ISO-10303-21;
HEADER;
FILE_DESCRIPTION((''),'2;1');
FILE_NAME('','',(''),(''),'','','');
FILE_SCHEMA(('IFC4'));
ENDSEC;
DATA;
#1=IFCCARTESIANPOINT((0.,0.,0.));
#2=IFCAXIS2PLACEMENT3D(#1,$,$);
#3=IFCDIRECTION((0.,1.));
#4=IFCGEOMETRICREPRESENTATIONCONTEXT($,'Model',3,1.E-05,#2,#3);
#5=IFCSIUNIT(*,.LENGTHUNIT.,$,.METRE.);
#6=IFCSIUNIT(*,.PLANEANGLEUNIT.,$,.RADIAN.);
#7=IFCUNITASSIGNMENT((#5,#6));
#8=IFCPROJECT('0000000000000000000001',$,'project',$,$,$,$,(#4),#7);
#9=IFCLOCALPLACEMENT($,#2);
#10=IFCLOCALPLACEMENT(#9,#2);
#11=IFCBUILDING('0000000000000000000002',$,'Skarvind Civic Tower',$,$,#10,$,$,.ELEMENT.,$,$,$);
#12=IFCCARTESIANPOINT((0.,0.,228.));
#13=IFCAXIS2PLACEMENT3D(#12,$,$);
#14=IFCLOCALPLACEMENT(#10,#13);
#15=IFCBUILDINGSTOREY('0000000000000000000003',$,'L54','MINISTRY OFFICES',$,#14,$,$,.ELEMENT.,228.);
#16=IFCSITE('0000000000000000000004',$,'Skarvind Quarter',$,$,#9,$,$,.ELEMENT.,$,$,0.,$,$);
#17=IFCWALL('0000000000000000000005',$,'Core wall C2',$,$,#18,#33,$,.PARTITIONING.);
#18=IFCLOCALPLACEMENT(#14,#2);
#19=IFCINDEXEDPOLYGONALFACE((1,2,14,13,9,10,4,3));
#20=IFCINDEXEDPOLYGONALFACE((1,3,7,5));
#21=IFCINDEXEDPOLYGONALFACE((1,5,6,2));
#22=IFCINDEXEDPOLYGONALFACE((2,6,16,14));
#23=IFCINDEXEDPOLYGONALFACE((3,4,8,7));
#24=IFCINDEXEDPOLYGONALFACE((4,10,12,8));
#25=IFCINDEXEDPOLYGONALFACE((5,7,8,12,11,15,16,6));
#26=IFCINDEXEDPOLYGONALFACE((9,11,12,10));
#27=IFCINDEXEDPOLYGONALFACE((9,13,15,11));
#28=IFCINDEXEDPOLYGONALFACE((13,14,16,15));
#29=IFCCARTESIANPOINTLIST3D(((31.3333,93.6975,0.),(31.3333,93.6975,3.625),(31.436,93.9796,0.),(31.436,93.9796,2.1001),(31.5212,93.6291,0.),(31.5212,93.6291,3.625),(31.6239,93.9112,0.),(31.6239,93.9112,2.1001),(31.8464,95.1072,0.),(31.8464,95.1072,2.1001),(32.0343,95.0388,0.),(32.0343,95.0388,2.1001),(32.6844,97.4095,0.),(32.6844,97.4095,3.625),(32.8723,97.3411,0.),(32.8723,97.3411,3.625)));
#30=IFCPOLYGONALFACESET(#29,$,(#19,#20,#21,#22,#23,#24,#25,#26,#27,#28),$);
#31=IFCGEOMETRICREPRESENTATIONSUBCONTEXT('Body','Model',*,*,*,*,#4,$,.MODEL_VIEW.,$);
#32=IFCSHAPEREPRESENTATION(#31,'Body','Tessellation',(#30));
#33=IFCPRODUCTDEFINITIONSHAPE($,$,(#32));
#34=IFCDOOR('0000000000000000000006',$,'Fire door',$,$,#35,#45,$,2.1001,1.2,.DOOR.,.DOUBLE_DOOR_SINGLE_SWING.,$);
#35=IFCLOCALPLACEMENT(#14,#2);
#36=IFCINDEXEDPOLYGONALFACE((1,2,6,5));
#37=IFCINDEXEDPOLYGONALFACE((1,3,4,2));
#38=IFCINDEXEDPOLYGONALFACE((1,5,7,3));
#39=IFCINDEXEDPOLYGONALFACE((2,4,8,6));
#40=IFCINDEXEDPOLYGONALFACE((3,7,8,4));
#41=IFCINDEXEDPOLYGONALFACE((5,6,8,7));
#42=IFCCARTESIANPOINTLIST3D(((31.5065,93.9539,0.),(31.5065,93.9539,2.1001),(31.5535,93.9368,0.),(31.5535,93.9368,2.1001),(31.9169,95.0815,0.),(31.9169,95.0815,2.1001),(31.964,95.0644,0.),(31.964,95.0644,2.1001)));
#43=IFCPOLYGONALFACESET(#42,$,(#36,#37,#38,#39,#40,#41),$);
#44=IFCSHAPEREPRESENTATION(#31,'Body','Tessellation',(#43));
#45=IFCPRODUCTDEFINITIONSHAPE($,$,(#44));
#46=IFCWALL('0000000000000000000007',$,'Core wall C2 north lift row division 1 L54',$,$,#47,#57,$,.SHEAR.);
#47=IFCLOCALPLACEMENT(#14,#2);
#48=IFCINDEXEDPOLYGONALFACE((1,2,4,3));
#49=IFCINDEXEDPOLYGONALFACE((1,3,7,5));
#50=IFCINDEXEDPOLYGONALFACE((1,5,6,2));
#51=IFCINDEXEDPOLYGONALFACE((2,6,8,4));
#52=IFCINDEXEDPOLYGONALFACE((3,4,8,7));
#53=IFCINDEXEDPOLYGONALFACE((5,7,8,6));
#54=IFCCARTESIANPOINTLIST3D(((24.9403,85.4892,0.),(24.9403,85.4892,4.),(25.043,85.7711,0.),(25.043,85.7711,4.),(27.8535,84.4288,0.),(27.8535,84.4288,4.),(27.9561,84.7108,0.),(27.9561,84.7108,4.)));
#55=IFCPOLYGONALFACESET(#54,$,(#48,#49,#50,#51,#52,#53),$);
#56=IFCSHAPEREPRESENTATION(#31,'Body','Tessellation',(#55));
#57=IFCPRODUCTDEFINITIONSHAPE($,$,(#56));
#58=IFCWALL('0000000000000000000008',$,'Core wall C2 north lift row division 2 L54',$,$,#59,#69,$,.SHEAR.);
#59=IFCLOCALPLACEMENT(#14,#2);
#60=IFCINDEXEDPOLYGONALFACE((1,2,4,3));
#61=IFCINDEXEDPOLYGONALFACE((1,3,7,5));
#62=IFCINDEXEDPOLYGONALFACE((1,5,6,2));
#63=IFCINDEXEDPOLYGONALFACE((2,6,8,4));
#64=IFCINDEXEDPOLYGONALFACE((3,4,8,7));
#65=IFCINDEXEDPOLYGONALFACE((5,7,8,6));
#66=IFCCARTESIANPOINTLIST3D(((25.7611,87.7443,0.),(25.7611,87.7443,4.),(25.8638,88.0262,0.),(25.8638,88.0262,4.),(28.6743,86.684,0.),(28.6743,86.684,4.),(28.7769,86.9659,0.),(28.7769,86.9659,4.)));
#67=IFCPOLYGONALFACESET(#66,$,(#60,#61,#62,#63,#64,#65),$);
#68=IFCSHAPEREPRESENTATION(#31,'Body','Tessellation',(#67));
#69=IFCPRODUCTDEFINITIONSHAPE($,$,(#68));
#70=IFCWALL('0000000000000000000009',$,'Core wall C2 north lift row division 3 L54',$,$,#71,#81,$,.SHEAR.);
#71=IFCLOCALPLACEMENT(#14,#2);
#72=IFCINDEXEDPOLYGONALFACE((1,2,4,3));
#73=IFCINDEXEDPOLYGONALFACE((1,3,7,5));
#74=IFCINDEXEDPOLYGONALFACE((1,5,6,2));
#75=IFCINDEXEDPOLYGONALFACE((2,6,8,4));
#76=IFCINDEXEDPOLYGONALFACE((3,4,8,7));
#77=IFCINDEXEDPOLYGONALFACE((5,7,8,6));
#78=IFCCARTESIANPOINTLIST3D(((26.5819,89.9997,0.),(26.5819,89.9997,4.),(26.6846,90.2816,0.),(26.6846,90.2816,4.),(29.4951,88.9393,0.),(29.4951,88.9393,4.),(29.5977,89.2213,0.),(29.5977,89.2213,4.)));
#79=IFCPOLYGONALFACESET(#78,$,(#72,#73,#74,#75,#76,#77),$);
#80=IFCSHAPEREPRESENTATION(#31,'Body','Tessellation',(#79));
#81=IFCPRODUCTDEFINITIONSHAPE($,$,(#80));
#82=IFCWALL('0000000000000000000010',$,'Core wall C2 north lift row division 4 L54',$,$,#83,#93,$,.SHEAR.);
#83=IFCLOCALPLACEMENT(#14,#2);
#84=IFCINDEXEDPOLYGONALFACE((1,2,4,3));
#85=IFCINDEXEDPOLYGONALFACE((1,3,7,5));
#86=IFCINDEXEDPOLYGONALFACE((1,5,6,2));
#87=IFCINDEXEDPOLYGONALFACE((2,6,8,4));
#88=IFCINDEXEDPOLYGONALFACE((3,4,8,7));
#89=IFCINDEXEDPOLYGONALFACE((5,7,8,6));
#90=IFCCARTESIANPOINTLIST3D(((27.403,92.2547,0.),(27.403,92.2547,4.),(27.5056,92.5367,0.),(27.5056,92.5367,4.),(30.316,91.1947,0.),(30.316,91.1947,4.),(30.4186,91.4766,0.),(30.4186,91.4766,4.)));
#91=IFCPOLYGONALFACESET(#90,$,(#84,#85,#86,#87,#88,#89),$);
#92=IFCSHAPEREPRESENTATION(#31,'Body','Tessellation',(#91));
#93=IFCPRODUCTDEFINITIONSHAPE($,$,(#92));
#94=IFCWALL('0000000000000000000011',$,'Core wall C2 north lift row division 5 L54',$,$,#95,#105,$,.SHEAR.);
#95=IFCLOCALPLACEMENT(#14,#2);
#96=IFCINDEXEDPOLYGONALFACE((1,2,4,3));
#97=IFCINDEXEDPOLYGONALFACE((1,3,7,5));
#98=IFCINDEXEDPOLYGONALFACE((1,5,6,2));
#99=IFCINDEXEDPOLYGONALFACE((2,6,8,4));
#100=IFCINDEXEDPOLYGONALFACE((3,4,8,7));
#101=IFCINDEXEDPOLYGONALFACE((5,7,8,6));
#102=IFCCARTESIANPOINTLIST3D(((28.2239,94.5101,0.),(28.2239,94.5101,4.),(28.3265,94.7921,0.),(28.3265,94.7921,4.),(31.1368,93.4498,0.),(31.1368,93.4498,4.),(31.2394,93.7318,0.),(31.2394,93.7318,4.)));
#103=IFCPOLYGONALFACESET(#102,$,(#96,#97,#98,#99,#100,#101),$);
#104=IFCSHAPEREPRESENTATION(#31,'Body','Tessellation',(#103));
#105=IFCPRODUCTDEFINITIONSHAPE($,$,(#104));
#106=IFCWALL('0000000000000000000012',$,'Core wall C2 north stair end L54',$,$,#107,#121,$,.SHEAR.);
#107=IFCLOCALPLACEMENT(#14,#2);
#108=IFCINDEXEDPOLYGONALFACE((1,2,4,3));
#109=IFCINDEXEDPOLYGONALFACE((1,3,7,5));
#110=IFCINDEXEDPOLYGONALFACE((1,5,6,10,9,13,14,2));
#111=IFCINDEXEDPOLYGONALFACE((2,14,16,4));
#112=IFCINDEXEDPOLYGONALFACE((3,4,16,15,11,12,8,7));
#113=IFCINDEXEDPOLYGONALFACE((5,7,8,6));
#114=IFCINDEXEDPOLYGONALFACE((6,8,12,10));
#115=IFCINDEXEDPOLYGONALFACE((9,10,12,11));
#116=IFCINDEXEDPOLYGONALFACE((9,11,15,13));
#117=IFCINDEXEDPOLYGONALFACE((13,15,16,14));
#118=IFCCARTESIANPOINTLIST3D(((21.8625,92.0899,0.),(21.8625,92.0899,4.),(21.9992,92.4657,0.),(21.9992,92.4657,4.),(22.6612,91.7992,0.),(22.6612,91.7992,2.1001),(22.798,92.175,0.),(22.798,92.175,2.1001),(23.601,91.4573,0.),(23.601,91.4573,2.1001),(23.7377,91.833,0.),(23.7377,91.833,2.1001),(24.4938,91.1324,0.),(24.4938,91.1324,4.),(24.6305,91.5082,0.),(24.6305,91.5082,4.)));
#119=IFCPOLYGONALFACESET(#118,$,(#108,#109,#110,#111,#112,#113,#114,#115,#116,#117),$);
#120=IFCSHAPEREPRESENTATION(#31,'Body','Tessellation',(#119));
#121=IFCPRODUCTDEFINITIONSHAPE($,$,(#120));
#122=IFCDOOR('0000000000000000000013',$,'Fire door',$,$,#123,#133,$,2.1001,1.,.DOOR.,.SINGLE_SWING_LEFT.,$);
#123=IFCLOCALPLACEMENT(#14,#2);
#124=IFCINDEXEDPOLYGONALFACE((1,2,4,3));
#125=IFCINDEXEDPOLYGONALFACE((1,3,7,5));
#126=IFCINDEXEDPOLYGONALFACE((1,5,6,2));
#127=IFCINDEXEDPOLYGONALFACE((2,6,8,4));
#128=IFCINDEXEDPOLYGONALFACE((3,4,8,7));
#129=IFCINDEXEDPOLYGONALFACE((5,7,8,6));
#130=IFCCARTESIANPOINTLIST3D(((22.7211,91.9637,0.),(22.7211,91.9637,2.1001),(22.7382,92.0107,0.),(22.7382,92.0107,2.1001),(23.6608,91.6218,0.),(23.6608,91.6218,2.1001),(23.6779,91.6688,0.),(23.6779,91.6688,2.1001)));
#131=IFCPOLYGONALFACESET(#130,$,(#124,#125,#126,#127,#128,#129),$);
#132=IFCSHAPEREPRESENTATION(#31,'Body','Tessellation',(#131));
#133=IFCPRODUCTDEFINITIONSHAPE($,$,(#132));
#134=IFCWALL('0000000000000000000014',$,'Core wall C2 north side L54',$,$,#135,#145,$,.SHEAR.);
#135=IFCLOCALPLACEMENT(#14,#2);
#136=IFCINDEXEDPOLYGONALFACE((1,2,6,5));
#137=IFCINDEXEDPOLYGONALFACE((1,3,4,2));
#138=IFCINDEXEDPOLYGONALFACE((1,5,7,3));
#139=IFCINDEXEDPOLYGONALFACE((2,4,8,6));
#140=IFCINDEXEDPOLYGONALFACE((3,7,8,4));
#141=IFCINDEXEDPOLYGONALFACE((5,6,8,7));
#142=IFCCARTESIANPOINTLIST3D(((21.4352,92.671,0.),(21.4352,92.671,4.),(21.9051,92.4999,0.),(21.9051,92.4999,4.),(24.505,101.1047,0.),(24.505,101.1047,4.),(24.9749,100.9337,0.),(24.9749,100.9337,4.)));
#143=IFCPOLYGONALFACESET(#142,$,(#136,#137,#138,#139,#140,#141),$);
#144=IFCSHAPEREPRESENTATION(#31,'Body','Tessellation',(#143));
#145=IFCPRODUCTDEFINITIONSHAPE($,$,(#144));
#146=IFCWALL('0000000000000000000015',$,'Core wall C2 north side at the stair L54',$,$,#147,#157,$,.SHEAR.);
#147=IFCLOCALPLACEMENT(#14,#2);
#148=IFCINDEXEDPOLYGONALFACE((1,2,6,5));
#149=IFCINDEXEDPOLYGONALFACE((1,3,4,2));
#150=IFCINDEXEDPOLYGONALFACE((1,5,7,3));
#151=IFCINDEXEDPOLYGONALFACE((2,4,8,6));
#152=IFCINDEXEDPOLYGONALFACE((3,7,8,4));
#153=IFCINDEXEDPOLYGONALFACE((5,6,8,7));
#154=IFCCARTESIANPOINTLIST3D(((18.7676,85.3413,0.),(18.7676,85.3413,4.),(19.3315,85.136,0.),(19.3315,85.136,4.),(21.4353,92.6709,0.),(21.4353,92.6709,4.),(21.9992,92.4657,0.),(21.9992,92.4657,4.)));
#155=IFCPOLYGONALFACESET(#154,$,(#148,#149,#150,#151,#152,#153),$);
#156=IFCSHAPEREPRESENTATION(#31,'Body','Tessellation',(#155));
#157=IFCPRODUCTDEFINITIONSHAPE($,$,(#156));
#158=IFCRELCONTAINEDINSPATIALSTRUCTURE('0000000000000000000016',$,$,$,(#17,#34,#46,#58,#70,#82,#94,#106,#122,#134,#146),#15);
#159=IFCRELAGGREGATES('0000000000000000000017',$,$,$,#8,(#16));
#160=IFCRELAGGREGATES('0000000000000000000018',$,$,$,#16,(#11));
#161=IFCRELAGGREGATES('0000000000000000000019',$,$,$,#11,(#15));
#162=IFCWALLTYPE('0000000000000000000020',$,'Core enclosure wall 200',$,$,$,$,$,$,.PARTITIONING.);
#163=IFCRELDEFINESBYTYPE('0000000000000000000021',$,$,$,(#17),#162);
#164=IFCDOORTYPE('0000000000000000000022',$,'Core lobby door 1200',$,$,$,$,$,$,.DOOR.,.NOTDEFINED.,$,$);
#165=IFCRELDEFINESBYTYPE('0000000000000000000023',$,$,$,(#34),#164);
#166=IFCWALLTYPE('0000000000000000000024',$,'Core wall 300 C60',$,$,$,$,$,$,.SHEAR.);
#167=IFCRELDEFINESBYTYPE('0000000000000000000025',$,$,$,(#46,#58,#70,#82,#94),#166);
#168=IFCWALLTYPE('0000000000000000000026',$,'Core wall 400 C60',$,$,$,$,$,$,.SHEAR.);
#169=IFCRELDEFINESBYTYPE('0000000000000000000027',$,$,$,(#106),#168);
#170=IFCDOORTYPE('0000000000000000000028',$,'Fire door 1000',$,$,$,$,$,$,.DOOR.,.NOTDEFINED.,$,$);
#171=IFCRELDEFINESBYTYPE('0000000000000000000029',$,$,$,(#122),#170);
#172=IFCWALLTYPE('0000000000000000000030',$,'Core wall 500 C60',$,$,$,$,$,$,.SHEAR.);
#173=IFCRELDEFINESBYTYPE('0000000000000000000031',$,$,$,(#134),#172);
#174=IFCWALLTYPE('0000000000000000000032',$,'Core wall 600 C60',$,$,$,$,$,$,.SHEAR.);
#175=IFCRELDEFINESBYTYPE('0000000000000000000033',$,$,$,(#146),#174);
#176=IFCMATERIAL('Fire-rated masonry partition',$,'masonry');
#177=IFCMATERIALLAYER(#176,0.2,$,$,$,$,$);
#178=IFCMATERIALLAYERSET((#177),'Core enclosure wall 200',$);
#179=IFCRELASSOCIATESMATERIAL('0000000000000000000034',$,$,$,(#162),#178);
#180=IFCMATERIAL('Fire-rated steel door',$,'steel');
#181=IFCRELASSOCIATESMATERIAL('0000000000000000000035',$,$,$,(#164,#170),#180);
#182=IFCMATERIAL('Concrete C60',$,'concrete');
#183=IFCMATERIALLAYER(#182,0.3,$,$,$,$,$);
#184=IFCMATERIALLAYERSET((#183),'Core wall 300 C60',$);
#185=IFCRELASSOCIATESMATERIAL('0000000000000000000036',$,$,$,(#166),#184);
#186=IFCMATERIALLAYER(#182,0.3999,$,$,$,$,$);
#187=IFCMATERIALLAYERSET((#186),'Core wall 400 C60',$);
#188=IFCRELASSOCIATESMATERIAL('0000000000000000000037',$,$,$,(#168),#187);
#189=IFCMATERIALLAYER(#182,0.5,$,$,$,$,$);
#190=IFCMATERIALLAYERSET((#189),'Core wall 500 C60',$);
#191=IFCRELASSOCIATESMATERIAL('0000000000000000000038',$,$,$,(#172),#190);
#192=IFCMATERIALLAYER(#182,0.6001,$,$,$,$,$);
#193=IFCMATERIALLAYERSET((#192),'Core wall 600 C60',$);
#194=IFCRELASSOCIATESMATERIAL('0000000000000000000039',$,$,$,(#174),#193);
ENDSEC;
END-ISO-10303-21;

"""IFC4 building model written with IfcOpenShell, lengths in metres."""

from ifc_helpers import new_model, si_unit, direction, frame, frame_2d, origin, place, context, subcontext, project, spatial, rectangle, extrude, material, layer, layer_set, type_object, element, fill, save


model = new_model("IFC4")

# Units and contexts
model_context = context("Model", 3, precision=1e-05, world=origin(), true_north=direction((0.0, 1.0)))
body_context = subcontext(model_context, "Body", "Model", "MODEL_VIEW")
ifc_project = project(units=[si_unit("LENGTHUNIT", "METRE"), si_unit("PLANEANGLEUNIT", "RADIAN")], contexts=[model_context])

# Site, building, storey
site_placement = place(None, origin())
site = spatial("IfcSite", under=ifc_project, at=site_placement, Name="Skarvind Quarter", CompositionType="ELEMENT", RefElevation=0.0)
building_placement = place(site_placement, origin())
building = spatial("IfcBuilding", under=site, at=building_placement, Name="Skarvind Civic Tower", CompositionType="ELEMENT")
storey_placement = place(building_placement, frame((0.0, 0.0, 228.0)))
storey = spatial("IfcBuildingStorey", under=building, at=storey_placement, Name="L54", Description="MINISTRY OFFICES", CompositionType="ELEMENT", Elevation=228.0)

# Wall, opening, door
ifc_material_1 = material(Name="Fire-rated masonry partition", Category="masonry")
ifc_layer_1 = layer(ifc_material_1, 0.2)
ifc_layer_set_1 = layer_set([ifc_layer_1], Name="Core enclosure wall 200")
wall_type_1 = type_object("IfcWallType", Name="Core enclosure wall 200", PredefinedType="PARTITIONING", material=ifc_layer_set_1)
wall_1_placement = place(storey_placement, frame((31.4272, 93.6633, 0.0), z_axis=(0.0, 0.0, 1.0), x_axis=(0.342031, 0.939689, 0.0)))
wall_1 = element("IfcWall", 1, at=wall_1_placement, inside=storey, type_object=wall_type_1, Name="Core wall C2", PredefinedType="PARTITIONING", context=body_context, shape_type="SweptSolid", body=[
    extrude(rectangle(XDim=3.9502, YDim=0.2, at=frame_2d((1.9751, 0.0))), origin(), (0.0, 0.0, 1.0), 3.625),
])
opening_1_placement = place(wall_1_placement, frame((0.3, 0.0, 0.0)))
opening_1 = element("IfcOpeningElement", 2, at=opening_1_placement, cuts=wall_1, PredefinedType="OPENING", context=body_context, shape_type="SweptSolid", body=[
    extrude(rectangle(XDim=1.2, YDim=2.1001, at=frame_2d((0.6001, 1.05))), frame((0.0, 0.1099, 0.0), z_axis=(0.0, -1.0, 0.0), x_axis=(1.0, 0.0, 0.0)), (0.0, 0.0, 1.0), 0.22),
])
ifc_material_2 = material(Name="Fire-rated steel door", Category="steel")
door_type_1 = type_object("IfcDoorType", Name="Core lobby door 1200", OperationType="NOTDEFINED", PredefinedType="DOOR", material=ifc_material_2)
door_1_placement = place(opening_1_placement, origin())
door_1 = element("IfcDoor", 3, at=door_1_placement, inside=storey, type_object=door_type_1, Name="Fire door", OperationType="DOUBLE_DOOR_SINGLE_SWING", OverallHeight=2.1001, OverallWidth=1.2, PredefinedType="DOOR", context=body_context, shape_type="SweptSolid", body=[
    extrude(rectangle(XDim=1.2, YDim=2.1001, at=frame_2d((0.6001, 1.05))), frame((0.0, 0.0249, 0.0), z_axis=(0.0, -1.0, 0.0), x_axis=(1.0, 0.0, 0.0)), (0.0, 0.0, 1.0), 0.05),
])
fill(opening_1, door_1)

# Walls
ifc_material_3 = material(Name="Concrete C60", Category="concrete")
ifc_layer_2 = layer(ifc_material_3, 0.3)
ifc_layer_set_2 = layer_set([ifc_layer_2], Name="Core wall 300 C60")
wall_type_2 = type_object("IfcWallType", Name="Core wall 300 C60", PredefinedType="SHEAR", material=ifc_layer_set_2)
for number, where, z_axis, x_axis, name in (
    (4, (27.9048, 84.5698, 0.0), (0.0, 0.0, 1.0), (-0.93969, 0.342028, 0.0), "Core wall C2 north lift row division 1 L54"),
    (5, (28.7256, 86.825, 0.0), (0.0, 0.0, 1.0), (-0.93969, 0.342028, 0.0), "Core wall C2 north lift row division 2 L54"),
    (6, (29.5464, 89.0803, 0.0), (0.0, 0.0, 1.0), (-0.93969, 0.342028, 0.0), "Core wall C2 north lift row division 3 L54"),
):
    element("IfcWall", number, at=place(storey_placement, frame(where, z_axis=z_axis, x_axis=x_axis)), inside=storey, type_object=wall_type_2, Name=name, PredefinedType="SHEAR", context=body_context, shape_type="SweptSolid", body=[
        extrude(rectangle(XDim=3.1001, YDim=0.3, at=frame_2d((1.55, 0.0))), origin(), (0.0, 0.0, 1.0), 4.0),
    ])
for number, where, z_axis, x_axis, name in (
    (7, (30.3672, 91.3357, 0.0), (0.0, 0.0, 1.0), (-0.939715, 0.341958, 0.0), "Core wall C2 north lift row division 4 L54"),
    (8, (31.188, 93.5908, 0.0), (0.0, 0.0, 1.0), (-0.939681, 0.342053, 0.0), "Core wall C2 north lift row division 5 L54"),
):
    element("IfcWall", number, at=place(storey_placement, frame(where, z_axis=z_axis, x_axis=x_axis)), inside=storey, type_object=wall_type_2, Name=name, PredefinedType="SHEAR", context=body_context, shape_type="SweptSolid", body=[
        extrude(rectangle(XDim=3.0999, YDim=0.3, at=frame_2d((1.5498, 0.0))), origin(), (0.0, 0.0, 1.0), 4.0),
    ])

# Wall, opening, door
ifc_layer_3 = layer(ifc_material_3, 0.3999)
ifc_layer_set_3 = layer_set([ifc_layer_3], Name="Core wall 400 C60")
wall_type_3 = type_object("IfcWallType", Name="Core wall 400 C60", PredefinedType="SHEAR", material=ifc_layer_set_3)
wall_2_placement = place(storey_placement, frame((24.562, 91.3203, 0.0), z_axis=(0.0, 0.0, 1.0), x_axis=(-0.939717, 0.341953, 0.0)))
wall_2 = element("IfcWall", 9, at=wall_2_placement, inside=storey, type_object=wall_type_3, Name="Core wall C2 north stair end L54", PredefinedType="SHEAR", context=body_context, shape_type="SweptSolid", body=[
    extrude(rectangle(XDim=2.8, YDim=0.3999, at=frame_2d((1.3999, 0.0))), origin(), (0.0, 0.0, 1.0), 4.0),
])
opening_2_placement = place(wall_2_placement, frame((0.95, 0.0, 0.0)))
opening_2 = element("IfcOpeningElement", 10, at=opening_2_placement, cuts=wall_2, PredefinedType="OPENING", context=body_context, shape_type="SweptSolid", body=[
    extrude(rectangle(XDim=1.0, YDim=2.1001, at=frame_2d((0.5, 1.05))), frame((0.0, 0.21, 0.0), z_axis=(0.0, -1.0, 0.0), x_axis=(1.0, 0.0, 0.0)), (0.0, 0.0, 1.0), 0.4199),
])
door_type_2 = type_object("IfcDoorType", Name="Fire door 1000", OperationType="NOTDEFINED", PredefinedType="DOOR", material=ifc_material_2)
door_2_placement = place(opening_2_placement, origin())
door_2 = element("IfcDoor", 11, at=door_2_placement, inside=storey, type_object=door_type_2, Name="Fire door", OperationType="SINGLE_SWING_LEFT", OverallHeight=2.1001, OverallWidth=1.0, PredefinedType="DOOR", context=body_context, shape_type="SweptSolid", body=[
    extrude(rectangle(XDim=1.0, YDim=2.1001, at=frame_2d((0.5, 1.05))), frame((0.0, 0.0249, 0.0), z_axis=(0.0, -1.0, 0.0), x_axis=(1.0, 0.0, 0.0)), (0.0, 0.0, 1.0), 0.05),
])
fill(opening_2, door_2)

# Walls
ifc_layer_4 = layer(ifc_material_3, 0.5)
ifc_layer_set_4 = layer_set([ifc_layer_4], Name="Core wall 500 C60")
wall_type_4 = type_object("IfcWallType", Name="Core wall 500 C60", PredefinedType="SHEAR", material=ifc_layer_set_4)
wall_3_placement = place(storey_placement, frame((21.6702, 92.5854, 0.0), z_axis=(0.0, 0.0, 1.0), x_axis=(0.342036, 0.939687, 0.0)))
element("IfcWall", 12, at=wall_3_placement, inside=storey, type_object=wall_type_4, Name="Core wall C2 north side L54", PredefinedType="SHEAR", context=body_context, shape_type="SweptSolid", body=[
    extrude(rectangle(XDim=8.9751, YDim=0.5, at=frame_2d((4.4875, 0.0))), origin(), (0.0, 0.0, 1.0), 4.0),
])
ifc_layer_5 = layer(ifc_material_3, 0.6001)
ifc_layer_set_5 = layer_set([ifc_layer_5], Name="Core wall 600 C60")
wall_type_5 = type_object("IfcWallType", Name="Core wall 600 C60", PredefinedType="SHEAR", material=ifc_layer_set_5)
wall_4_placement = place(storey_placement, frame((19.0496, 85.2388, 0.0), z_axis=(0.0, 0.0, 1.0), x_axis=(0.342017, 0.939694, 0.0)))
element("IfcWall", 13, at=wall_4_placement, inside=storey, type_object=wall_type_5, Name="Core wall C2 north side at the stair L54", PredefinedType="SHEAR", context=body_context, shape_type="SweptSolid", body=[
    extrude(rectangle(XDim=7.8, YDim=0.6001, at=frame_2d((3.8999, 0.0))), origin(), (0.0, 0.0, 1.0), 4.0),
])

save(model, "model.ifc")
